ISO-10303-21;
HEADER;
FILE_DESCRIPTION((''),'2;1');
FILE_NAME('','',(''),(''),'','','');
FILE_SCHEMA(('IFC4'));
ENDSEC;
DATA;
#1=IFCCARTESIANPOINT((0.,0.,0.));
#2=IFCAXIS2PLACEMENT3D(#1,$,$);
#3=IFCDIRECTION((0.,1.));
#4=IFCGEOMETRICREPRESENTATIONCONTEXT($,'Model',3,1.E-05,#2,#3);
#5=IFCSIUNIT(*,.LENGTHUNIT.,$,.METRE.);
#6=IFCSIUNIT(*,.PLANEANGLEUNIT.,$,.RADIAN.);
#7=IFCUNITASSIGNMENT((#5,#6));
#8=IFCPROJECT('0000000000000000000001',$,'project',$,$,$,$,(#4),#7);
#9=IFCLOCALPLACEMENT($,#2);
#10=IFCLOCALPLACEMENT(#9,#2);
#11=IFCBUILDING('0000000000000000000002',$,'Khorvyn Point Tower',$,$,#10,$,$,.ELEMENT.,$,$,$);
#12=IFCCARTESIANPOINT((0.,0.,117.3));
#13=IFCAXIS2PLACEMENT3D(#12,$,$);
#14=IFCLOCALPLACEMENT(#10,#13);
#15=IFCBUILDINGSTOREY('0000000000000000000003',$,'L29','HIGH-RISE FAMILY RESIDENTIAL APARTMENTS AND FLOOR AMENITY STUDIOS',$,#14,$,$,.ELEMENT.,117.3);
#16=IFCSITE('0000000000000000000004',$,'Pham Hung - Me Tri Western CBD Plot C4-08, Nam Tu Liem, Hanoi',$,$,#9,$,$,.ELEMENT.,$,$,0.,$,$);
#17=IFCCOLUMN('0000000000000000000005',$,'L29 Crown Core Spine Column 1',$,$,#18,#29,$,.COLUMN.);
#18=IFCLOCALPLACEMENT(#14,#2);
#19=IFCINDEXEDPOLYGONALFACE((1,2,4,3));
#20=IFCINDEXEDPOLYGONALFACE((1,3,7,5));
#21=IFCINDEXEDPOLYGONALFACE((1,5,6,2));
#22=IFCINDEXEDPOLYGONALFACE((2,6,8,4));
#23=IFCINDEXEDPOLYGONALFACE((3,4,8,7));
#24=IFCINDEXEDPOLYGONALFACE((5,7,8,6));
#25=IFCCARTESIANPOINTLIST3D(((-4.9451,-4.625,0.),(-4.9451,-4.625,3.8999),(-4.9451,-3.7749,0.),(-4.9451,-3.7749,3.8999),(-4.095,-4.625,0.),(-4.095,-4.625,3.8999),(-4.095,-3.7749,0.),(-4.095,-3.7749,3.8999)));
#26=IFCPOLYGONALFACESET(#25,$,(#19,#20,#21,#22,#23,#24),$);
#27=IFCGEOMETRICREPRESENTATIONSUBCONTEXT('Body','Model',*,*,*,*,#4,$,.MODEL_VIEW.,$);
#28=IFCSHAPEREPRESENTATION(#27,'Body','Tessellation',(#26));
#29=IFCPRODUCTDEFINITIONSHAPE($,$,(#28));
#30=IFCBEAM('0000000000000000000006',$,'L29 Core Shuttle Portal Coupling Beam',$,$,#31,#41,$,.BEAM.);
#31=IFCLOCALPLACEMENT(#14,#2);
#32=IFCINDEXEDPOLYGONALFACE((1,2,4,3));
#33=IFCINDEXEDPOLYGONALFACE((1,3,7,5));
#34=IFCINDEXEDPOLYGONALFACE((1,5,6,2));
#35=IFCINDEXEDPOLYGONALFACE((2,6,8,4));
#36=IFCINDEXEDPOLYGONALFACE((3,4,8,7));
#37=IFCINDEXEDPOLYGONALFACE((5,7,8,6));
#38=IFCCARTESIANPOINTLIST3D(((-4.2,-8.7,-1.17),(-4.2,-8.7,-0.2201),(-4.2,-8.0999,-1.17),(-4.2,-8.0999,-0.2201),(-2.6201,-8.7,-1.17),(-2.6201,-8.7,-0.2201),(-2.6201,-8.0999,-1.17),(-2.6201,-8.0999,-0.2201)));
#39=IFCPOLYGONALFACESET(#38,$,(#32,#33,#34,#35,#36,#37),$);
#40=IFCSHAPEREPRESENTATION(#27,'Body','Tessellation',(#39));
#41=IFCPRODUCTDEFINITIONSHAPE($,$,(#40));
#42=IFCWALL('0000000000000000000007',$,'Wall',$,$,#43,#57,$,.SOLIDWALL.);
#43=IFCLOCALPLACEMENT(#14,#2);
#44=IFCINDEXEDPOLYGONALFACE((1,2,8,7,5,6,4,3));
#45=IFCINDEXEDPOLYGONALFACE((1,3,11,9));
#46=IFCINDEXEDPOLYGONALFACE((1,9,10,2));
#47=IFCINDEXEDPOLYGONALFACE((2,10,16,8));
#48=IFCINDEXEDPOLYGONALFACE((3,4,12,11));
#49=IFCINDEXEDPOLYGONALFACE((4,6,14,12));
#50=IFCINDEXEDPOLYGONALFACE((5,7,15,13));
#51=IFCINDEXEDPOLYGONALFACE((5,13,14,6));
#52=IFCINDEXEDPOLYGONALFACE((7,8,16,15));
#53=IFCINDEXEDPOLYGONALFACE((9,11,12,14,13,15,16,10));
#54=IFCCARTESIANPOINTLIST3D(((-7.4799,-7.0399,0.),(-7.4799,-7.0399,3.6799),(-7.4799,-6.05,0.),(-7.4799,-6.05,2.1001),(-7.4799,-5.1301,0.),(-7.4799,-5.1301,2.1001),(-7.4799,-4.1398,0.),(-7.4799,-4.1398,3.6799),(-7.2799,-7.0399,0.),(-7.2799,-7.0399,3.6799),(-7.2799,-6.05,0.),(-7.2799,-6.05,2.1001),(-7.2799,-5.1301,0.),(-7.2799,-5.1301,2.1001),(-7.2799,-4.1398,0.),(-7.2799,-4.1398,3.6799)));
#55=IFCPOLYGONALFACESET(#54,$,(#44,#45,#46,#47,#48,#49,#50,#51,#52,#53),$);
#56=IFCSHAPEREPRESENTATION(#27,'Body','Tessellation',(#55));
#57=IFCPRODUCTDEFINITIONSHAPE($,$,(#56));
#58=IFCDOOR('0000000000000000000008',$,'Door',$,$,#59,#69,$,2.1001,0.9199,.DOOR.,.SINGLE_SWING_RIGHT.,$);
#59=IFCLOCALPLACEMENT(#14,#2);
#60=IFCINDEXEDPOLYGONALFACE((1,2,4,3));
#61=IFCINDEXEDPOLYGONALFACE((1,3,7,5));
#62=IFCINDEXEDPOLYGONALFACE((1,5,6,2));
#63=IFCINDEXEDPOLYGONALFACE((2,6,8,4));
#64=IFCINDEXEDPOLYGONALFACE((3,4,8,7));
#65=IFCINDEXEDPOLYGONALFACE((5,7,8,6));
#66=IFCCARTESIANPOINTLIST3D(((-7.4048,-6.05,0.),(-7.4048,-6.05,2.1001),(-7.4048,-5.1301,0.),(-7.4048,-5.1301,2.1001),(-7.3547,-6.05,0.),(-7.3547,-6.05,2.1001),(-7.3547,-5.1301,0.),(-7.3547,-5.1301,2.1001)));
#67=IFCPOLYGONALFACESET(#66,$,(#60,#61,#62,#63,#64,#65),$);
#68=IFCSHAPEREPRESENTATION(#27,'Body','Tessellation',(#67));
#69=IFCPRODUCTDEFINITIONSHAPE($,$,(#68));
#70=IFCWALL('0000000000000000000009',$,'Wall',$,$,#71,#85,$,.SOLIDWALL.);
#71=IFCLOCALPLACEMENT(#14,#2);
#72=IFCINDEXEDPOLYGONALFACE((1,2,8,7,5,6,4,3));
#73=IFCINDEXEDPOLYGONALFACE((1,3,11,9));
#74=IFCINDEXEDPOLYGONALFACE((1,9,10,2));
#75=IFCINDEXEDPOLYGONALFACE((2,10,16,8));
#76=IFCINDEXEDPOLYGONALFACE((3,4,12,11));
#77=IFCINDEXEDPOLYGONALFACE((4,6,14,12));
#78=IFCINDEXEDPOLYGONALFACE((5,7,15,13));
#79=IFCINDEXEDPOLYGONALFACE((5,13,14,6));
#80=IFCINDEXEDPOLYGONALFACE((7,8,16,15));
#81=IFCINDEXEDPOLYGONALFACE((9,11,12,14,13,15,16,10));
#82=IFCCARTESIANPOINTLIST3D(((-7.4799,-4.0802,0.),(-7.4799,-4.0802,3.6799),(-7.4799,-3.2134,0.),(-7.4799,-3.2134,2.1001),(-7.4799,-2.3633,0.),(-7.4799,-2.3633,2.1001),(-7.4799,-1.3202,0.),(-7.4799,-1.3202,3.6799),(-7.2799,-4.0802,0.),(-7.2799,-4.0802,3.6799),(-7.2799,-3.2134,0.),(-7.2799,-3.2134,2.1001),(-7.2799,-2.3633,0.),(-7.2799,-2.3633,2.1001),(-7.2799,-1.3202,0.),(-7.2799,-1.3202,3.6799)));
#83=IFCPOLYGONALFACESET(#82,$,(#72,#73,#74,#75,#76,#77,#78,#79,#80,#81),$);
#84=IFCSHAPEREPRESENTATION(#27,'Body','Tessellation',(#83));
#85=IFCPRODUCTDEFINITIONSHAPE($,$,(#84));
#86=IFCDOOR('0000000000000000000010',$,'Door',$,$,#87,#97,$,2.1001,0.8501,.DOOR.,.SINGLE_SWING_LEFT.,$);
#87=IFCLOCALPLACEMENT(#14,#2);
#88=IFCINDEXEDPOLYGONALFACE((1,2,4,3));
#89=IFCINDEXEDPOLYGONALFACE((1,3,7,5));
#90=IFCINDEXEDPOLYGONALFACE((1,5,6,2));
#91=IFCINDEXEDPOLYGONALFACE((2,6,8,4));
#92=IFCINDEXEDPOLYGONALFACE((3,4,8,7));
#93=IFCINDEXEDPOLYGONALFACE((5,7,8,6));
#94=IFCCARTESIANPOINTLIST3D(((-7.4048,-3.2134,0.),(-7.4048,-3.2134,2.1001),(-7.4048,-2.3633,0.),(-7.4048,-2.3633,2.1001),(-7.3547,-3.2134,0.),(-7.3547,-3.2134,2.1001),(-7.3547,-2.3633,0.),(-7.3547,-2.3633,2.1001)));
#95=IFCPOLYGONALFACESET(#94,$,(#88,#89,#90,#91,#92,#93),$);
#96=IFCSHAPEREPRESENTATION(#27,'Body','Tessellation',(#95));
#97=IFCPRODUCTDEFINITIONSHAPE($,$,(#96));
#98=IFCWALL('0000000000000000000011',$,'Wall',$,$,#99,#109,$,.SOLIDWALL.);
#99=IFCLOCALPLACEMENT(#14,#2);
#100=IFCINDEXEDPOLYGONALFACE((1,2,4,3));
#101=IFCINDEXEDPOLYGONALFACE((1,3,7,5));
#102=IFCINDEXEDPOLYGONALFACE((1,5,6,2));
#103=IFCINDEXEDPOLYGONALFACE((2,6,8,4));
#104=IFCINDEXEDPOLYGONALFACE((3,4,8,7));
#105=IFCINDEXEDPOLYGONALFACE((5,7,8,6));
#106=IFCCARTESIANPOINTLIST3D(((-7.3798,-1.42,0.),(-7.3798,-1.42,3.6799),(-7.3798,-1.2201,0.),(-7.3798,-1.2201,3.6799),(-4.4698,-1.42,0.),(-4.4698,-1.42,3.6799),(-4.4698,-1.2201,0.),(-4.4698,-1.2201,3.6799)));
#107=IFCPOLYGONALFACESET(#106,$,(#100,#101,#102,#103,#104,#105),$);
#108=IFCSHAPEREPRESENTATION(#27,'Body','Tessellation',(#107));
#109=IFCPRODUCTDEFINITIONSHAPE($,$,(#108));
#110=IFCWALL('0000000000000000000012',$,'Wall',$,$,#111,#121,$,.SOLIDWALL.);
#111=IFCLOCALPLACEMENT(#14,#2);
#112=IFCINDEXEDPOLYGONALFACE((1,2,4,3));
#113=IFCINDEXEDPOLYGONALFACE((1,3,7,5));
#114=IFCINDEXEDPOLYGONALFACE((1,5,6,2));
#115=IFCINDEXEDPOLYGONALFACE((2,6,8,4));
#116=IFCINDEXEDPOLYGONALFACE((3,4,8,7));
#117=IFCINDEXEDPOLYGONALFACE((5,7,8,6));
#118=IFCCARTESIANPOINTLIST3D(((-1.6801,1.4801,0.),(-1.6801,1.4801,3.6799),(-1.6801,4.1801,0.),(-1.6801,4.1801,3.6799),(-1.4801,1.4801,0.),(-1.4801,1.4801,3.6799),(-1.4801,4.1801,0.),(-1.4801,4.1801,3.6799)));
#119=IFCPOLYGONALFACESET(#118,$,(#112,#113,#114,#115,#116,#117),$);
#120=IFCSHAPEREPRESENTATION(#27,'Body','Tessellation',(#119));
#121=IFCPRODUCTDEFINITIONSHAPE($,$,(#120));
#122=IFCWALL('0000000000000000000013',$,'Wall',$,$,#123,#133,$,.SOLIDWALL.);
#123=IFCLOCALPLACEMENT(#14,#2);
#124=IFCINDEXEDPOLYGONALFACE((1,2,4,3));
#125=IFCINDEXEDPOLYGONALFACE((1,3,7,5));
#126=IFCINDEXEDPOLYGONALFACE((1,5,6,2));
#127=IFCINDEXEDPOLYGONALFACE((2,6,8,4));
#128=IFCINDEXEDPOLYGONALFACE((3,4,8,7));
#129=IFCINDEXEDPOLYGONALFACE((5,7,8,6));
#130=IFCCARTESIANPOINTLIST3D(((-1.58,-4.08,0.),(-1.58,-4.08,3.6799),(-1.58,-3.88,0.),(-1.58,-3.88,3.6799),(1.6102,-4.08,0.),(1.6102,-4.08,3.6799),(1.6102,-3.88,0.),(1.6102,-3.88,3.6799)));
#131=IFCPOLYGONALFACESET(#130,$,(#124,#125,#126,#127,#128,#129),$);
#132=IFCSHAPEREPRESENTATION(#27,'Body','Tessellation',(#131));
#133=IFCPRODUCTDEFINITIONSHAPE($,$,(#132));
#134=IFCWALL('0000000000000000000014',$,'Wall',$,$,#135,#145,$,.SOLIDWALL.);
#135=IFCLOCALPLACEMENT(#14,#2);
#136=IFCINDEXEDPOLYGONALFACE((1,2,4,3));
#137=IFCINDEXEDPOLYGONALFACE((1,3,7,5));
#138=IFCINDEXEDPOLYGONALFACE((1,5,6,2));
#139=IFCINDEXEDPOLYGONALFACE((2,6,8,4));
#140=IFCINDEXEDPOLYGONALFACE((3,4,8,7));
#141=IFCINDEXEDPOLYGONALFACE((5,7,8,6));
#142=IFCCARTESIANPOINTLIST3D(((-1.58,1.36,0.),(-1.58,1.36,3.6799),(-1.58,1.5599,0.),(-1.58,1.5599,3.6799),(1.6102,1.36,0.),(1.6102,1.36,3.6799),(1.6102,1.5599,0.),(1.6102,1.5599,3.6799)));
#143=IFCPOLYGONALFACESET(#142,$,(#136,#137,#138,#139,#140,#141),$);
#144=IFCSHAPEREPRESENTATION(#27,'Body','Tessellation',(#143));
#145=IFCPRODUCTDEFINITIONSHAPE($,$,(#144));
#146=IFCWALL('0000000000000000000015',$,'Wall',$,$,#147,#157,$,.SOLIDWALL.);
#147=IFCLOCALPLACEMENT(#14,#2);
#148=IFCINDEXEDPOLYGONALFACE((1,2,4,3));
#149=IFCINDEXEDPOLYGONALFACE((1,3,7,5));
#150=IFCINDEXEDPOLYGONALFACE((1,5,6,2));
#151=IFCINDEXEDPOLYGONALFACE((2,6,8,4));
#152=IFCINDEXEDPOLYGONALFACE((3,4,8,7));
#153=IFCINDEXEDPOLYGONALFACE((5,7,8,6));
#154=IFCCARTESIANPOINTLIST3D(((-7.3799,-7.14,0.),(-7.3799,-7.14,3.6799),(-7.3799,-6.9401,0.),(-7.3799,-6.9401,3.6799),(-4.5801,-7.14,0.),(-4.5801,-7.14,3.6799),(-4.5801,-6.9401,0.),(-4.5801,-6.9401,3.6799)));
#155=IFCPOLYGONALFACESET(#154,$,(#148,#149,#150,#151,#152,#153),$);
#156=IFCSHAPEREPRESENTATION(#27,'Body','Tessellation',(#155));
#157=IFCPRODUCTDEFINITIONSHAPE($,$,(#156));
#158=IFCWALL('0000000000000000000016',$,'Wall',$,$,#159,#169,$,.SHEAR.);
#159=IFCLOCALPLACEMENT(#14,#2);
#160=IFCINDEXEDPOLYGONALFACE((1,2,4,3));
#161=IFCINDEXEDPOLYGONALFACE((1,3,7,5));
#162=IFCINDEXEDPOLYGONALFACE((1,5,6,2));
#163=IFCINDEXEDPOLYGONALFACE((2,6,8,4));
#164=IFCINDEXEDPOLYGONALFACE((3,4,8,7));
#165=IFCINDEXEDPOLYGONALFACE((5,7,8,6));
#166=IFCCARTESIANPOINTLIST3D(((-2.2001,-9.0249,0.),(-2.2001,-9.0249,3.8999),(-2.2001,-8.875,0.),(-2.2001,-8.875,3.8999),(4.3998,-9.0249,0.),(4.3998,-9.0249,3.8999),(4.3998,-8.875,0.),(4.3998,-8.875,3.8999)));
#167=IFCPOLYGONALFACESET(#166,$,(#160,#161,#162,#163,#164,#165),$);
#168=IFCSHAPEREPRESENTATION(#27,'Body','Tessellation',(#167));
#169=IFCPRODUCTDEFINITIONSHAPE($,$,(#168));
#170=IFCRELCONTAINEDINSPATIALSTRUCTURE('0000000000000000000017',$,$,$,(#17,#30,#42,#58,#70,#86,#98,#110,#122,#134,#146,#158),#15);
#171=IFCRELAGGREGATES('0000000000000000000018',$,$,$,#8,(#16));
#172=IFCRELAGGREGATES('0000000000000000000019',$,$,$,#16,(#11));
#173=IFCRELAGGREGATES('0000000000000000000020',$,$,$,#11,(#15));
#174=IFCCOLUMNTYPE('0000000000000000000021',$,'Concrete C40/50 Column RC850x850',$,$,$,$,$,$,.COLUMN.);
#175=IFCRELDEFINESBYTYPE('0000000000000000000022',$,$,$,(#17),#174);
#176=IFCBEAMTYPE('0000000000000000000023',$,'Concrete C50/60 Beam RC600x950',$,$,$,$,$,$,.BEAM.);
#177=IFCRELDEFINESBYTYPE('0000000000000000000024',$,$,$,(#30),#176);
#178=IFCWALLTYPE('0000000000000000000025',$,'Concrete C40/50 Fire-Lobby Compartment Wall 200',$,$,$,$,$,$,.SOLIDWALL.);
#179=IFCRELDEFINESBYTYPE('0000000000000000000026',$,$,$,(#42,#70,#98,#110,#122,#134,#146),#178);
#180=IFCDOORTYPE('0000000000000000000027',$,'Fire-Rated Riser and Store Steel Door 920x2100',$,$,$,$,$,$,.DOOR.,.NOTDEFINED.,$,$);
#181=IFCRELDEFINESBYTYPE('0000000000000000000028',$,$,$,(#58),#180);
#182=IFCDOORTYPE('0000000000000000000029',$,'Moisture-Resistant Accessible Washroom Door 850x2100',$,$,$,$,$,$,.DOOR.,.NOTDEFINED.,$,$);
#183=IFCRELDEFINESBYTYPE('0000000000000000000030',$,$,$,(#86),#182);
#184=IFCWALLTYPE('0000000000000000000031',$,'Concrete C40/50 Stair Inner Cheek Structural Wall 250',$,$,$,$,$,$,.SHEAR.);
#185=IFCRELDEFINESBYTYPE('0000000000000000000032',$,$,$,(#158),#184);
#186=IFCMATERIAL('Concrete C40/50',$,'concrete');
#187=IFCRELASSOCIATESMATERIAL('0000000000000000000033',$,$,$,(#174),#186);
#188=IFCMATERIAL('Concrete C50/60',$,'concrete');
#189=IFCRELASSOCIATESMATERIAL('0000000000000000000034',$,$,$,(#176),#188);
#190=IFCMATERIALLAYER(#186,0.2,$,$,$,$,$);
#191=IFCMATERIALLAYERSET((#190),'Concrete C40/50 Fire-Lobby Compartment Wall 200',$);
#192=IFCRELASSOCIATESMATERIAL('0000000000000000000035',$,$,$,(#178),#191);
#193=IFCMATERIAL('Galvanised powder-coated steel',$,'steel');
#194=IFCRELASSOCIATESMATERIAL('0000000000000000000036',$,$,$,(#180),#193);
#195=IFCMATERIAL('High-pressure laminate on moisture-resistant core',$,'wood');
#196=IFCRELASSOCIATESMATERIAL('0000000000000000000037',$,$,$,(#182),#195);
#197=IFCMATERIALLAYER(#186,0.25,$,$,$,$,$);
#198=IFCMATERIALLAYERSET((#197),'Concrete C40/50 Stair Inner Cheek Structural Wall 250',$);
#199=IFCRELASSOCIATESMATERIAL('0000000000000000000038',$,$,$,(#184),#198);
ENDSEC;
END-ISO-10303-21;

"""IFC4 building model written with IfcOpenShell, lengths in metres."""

from ifc_helpers import new_model, si_unit, direction, frame, frame_2d, origin, origin_2d, place, context, subcontext, project, spatial, rectangle, extrude, material, layer, layer_set, material_profile, profile_set, type_object, element, fill, save


model = new_model("IFC4")

# Units and contexts
model_context = context("Model", 3, precision=1e-05, world=origin(), true_north=direction((0.0, 1.0)))
body_context = subcontext(model_context, "Body", "Model", "MODEL_VIEW")
ifc_project = project(units=[si_unit("LENGTHUNIT", "METRE"), si_unit("PLANEANGLEUNIT", "RADIAN")], contexts=[model_context])

# Site, building, storey
site_placement = place(None, origin())
site = spatial("IfcSite", under=ifc_project, at=site_placement, Name="Pham Hung - Me Tri Western CBD Plot C4-08, Nam Tu Liem, Hanoi", CompositionType="ELEMENT", RefElevation=0.0)
building_placement = place(site_placement, origin())
building = spatial("IfcBuilding", under=site, at=building_placement, Name="Khorvyn Point Tower", CompositionType="ELEMENT")
storey_placement = place(building_placement, frame((0.0, 0.0, 117.3)))
storey = spatial("IfcBuildingStorey", under=building, at=storey_placement, Name="L29", Description="HIGH-RISE FAMILY RESIDENTIAL APARTMENTS AND FLOOR AMENITY STUDIOS", CompositionType="ELEMENT", Elevation=117.3)

# Column
ifc_material_1 = material(Name="Concrete C40/50", Category="concrete")
ifc_material_profile_1 = material_profile(ifc_material_1, rectangle(XDim=0.8501, YDim=0.8501, at=origin_2d()))
ifc_profile_set_1 = profile_set([ifc_material_profile_1], Name="Concrete C40/50 RC850x850")
column_type = type_object("IfcColumnType", Name="Concrete C40/50 Column RC850x850", PredefinedType="COLUMN", material=ifc_profile_set_1)
column_placement = place(storey_placement, frame((-4.52, -4.2, 0.0), z_axis=(0.0, 0.0, 1.0), x_axis=(1.0, 0.0, 0.0)))
element("IfcColumn", 1, at=column_placement, inside=storey, type_object=column_type, Name="L29 Crown Core Spine Column 1", PredefinedType="COLUMN", context=body_context, shape_type="SweptSolid", body=[
    extrude(rectangle(XDim=0.8501, YDim=0.8501, at=origin_2d()), origin(), (0.0, 0.0, 1.0), 3.8999),
])

# Beam
ifc_material_2 = material(Name="Concrete C50/60", Category="concrete")
ifc_material_profile_2 = material_profile(ifc_material_2, rectangle(XDim=0.6001, YDim=0.95, at=origin_2d()))
ifc_profile_set_2 = profile_set([ifc_material_profile_2], Name="Concrete C50/60 RC600x950")
beam_type = type_object("IfcBeamType", Name="Concrete C50/60 Beam RC600x950", PredefinedType="BEAM", material=ifc_profile_set_2)
beam_placement = place(storey_placement, frame((-4.2, -8.3999, -0.6951), z_axis=(1.0, 0.0, 0.0), x_axis=(0.0, 1.0, 0.0)))
element("IfcBeam", 2, at=beam_placement, inside=storey, type_object=beam_type, Name="L29 Core Shuttle Portal Coupling Beam", PredefinedType="BEAM", context=body_context, shape_type="SweptSolid", body=[
    extrude(rectangle(XDim=0.6001, YDim=0.95, at=origin_2d()), origin(), (0.0, 0.0, 1.0), 1.5798),
])

# Walls, openings, doors
ifc_layer_1 = layer(ifc_material_1, 0.2)
ifc_layer_set_1 = layer_set([ifc_layer_1], Name="Concrete C40/50 Fire-Lobby Compartment Wall 200")
wall_type_1 = type_object("IfcWallType", Name="Concrete C40/50 Fire-Lobby Compartment Wall 200", PredefinedType="SOLIDWALL", material=ifc_layer_set_1)
ifc_material_3 = material(Name="Galvanised powder-coated steel", Category="steel")
wall_1_placement = place(storey_placement, frame((-7.3799, -7.04, 0.0), z_axis=(0.0, 0.0, 1.0), x_axis=(0.0, 1.0, 0.0)))
wall_1 = element("IfcWall", 3, at=wall_1_placement, inside=storey, type_object=wall_type_1, Name="Wall", PredefinedType="SOLIDWALL", context=body_context, shape_type="SweptSolid", body=[
    extrude(rectangle(XDim=2.9001, YDim=0.2, at=frame_2d((1.4502, 0.0))), origin(), (0.0, 0.0, 1.0), 3.6799),
])
opening_1_placement = place(wall_1_placement, frame((0.99, 0.0, 0.0)))
opening_1 = element("IfcOpeningElement", 4, at=opening_1_placement, cuts=wall_1, PredefinedType="OPENING", context=body_context, shape_type="SweptSolid", body=[
    extrude(rectangle(XDim=0.9199, YDim=2.1001, at=frame_2d((0.46, 1.05))), frame((0.0, 0.1099, 0.0), z_axis=(0.0, -1.0, 0.0), x_axis=(1.0, 0.0, 0.0)), (0.0, 0.0, 1.0), 0.22),
])
door_type_1 = type_object("IfcDoorType", Name="Fire-Rated Riser and Store Steel Door 920x2100", OperationType="NOTDEFINED", PredefinedType="DOOR", material=ifc_material_3)
door_1_placement = place(opening_1_placement, origin())
door_1 = element("IfcDoor", 5, at=door_1_placement, inside=storey, type_object=door_type_1, Name="Door", OperationType="SINGLE_SWING_RIGHT", OverallHeight=2.1001, OverallWidth=0.9199, PredefinedType="DOOR", context=body_context, shape_type="SweptSolid", body=[
    extrude(rectangle(XDim=0.9199, YDim=2.1001, at=frame_2d((0.46, 1.05))), frame((0.0, 0.0249, 0.0), z_axis=(0.0, -1.0, 0.0), x_axis=(1.0, 0.0, 0.0)), (0.0, 0.0, 1.0), 0.05),
])
fill(opening_1, door_1)
wall_2_placement = place(storey_placement, frame((-7.3799, -4.0801, 0.0), z_axis=(0.0, 0.0, 1.0), x_axis=(0.0, 1.0, 0.0)))
wall_2 = element("IfcWall", 6, at=wall_2_placement, inside=storey, type_object=wall_type_1, Name="Wall", PredefinedType="SOLIDWALL", context=body_context, shape_type="SweptSolid", body=[
    extrude(rectangle(XDim=2.76, YDim=0.2, at=frame_2d((1.3799, 0.0))), origin(), (0.0, 0.0, 1.0), 3.6799),
])
opening_2_placement = place(wall_2_placement, frame((0.8667, 0.0, 0.0)))
opening_2 = element("IfcOpeningElement", 7, at=opening_2_placement, cuts=wall_2, PredefinedType="OPENING", context=body_context, shape_type="SweptSolid", body=[
    extrude(rectangle(XDim=0.8501, YDim=2.1001, at=frame_2d((0.425, 1.05))), frame((0.0, 0.1099, 0.0), z_axis=(0.0, -1.0, 0.0), x_axis=(1.0, 0.0, 0.0)), (0.0, 0.0, 1.0), 0.22),
])
ifc_material_4 = material(Name="High-pressure laminate on moisture-resistant core", Category="wood")
door_type_2 = type_object("IfcDoorType", Name="Moisture-Resistant Accessible Washroom Door 850x2100", OperationType="NOTDEFINED", PredefinedType="DOOR", material=ifc_material_4)
door_2_placement = place(opening_2_placement, origin())
door_2 = element("IfcDoor", 8, at=door_2_placement, inside=storey, type_object=door_type_2, Name="Door", OperationType="SINGLE_SWING_LEFT", OverallHeight=2.1001, OverallWidth=0.8501, PredefinedType="DOOR", context=body_context, shape_type="SweptSolid", body=[
    extrude(rectangle(XDim=0.8501, YDim=2.1001, at=frame_2d((0.425, 1.05))), frame((0.0, 0.0249, 0.0), z_axis=(0.0, -1.0, 0.0), x_axis=(1.0, 0.0, 0.0)), (0.0, 0.0, 1.0), 0.05),
])
fill(opening_2, door_2)

# Walls
wall_3_placement = place(storey_placement, frame((-7.3799, -1.3201, 0.0), z_axis=(0.0, 0.0, 1.0), x_axis=(1.0, 0.0, 0.0)))
element("IfcWall", 9, at=wall_3_placement, inside=storey, type_object=wall_type_1, Name="Wall", PredefinedType="SOLIDWALL", context=body_context, shape_type="SweptSolid", body=[
    extrude(rectangle(XDim=2.9099, YDim=0.2, at=frame_2d((1.4551, 0.0))), origin(), (0.0, 0.0, 1.0), 3.6799),
])
wall_4_placement = place(storey_placement, frame((-1.5801, 1.48, 0.0), z_axis=(0.0, 0.0, 1.0), x_axis=(0.0, 1.0, 0.0)))
element("IfcWall", 10, at=wall_4_placement, inside=storey, type_object=wall_type_1, Name="Wall", PredefinedType="SOLIDWALL", context=body_context, shape_type="SweptSolid", body=[
    extrude(rectangle(XDim=2.7, YDim=0.2, at=frame_2d((1.3501, 0.0))), origin(), (0.0, 0.0, 1.0), 3.6799),
])
for number, where, z_axis, x_axis, name in (
    (11, (-1.5801, -3.98, 0.0), (0.0, 0.0, 1.0), (1.0, 0.0, 0.0), "Wall"),
    (12, (-1.5801, 1.46, 0.0), (0.0, 0.0, 1.0), (1.0, 0.0, 0.0), "Wall"),
):
    element("IfcWall", number, at=place(storey_placement, frame(where, z_axis=z_axis, x_axis=x_axis)), inside=storey, type_object=wall_type_1, Name=name, PredefinedType="SOLIDWALL", context=body_context, shape_type="SweptSolid", body=[
        extrude(rectangle(XDim=3.1902, YDim=0.2, at=frame_2d((1.5952, 0.0))), origin(), (0.0, 0.0, 1.0), 3.6799),
    ])
wall_5_placement = place(storey_placement, frame((-7.3799, -7.04, 0.0), z_axis=(0.0, 0.0, 1.0), x_axis=(1.0, 0.0, 0.0)))
element("IfcWall", 13, at=wall_5_placement, inside=storey, type_object=wall_type_1, Name="Wall", PredefinedType="SOLIDWALL", context=body_context, shape_type="SweptSolid", body=[
    extrude(rectangle(XDim=2.7998, YDim=0.2, at=frame_2d((1.3999, 0.0))), origin(), (0.0, 0.0, 1.0), 3.6799),
])
ifc_layer_2 = layer(ifc_material_1, 0.25)
ifc_layer_set_2 = layer_set([ifc_layer_2], Name="Concrete C40/50 Stair Inner Cheek Structural Wall 250")
wall_type_2 = type_object("IfcWallType", Name="Concrete C40/50 Stair Inner Cheek Structural Wall 250", PredefinedType="SHEAR", material=ifc_layer_set_2)
wall_6_placement = place(storey_placement, frame((-2.2, -8.95, 0.0), z_axis=(0.0, 0.0, 1.0), x_axis=(1.0, 0.0, 0.0)))
element("IfcWall", 14, at=wall_6_placement, inside=storey, type_object=wall_type_2, Name="Wall", PredefinedType="SHEAR", context=body_context, shape_type="SweptSolid", body=[
    extrude(rectangle(XDim=6.5999, YDim=0.1499, at=frame_2d((3.2998, 0.0))), origin(), (0.0, 0.0, 1.0), 3.8999),
])

save(model, "model.ifc")
